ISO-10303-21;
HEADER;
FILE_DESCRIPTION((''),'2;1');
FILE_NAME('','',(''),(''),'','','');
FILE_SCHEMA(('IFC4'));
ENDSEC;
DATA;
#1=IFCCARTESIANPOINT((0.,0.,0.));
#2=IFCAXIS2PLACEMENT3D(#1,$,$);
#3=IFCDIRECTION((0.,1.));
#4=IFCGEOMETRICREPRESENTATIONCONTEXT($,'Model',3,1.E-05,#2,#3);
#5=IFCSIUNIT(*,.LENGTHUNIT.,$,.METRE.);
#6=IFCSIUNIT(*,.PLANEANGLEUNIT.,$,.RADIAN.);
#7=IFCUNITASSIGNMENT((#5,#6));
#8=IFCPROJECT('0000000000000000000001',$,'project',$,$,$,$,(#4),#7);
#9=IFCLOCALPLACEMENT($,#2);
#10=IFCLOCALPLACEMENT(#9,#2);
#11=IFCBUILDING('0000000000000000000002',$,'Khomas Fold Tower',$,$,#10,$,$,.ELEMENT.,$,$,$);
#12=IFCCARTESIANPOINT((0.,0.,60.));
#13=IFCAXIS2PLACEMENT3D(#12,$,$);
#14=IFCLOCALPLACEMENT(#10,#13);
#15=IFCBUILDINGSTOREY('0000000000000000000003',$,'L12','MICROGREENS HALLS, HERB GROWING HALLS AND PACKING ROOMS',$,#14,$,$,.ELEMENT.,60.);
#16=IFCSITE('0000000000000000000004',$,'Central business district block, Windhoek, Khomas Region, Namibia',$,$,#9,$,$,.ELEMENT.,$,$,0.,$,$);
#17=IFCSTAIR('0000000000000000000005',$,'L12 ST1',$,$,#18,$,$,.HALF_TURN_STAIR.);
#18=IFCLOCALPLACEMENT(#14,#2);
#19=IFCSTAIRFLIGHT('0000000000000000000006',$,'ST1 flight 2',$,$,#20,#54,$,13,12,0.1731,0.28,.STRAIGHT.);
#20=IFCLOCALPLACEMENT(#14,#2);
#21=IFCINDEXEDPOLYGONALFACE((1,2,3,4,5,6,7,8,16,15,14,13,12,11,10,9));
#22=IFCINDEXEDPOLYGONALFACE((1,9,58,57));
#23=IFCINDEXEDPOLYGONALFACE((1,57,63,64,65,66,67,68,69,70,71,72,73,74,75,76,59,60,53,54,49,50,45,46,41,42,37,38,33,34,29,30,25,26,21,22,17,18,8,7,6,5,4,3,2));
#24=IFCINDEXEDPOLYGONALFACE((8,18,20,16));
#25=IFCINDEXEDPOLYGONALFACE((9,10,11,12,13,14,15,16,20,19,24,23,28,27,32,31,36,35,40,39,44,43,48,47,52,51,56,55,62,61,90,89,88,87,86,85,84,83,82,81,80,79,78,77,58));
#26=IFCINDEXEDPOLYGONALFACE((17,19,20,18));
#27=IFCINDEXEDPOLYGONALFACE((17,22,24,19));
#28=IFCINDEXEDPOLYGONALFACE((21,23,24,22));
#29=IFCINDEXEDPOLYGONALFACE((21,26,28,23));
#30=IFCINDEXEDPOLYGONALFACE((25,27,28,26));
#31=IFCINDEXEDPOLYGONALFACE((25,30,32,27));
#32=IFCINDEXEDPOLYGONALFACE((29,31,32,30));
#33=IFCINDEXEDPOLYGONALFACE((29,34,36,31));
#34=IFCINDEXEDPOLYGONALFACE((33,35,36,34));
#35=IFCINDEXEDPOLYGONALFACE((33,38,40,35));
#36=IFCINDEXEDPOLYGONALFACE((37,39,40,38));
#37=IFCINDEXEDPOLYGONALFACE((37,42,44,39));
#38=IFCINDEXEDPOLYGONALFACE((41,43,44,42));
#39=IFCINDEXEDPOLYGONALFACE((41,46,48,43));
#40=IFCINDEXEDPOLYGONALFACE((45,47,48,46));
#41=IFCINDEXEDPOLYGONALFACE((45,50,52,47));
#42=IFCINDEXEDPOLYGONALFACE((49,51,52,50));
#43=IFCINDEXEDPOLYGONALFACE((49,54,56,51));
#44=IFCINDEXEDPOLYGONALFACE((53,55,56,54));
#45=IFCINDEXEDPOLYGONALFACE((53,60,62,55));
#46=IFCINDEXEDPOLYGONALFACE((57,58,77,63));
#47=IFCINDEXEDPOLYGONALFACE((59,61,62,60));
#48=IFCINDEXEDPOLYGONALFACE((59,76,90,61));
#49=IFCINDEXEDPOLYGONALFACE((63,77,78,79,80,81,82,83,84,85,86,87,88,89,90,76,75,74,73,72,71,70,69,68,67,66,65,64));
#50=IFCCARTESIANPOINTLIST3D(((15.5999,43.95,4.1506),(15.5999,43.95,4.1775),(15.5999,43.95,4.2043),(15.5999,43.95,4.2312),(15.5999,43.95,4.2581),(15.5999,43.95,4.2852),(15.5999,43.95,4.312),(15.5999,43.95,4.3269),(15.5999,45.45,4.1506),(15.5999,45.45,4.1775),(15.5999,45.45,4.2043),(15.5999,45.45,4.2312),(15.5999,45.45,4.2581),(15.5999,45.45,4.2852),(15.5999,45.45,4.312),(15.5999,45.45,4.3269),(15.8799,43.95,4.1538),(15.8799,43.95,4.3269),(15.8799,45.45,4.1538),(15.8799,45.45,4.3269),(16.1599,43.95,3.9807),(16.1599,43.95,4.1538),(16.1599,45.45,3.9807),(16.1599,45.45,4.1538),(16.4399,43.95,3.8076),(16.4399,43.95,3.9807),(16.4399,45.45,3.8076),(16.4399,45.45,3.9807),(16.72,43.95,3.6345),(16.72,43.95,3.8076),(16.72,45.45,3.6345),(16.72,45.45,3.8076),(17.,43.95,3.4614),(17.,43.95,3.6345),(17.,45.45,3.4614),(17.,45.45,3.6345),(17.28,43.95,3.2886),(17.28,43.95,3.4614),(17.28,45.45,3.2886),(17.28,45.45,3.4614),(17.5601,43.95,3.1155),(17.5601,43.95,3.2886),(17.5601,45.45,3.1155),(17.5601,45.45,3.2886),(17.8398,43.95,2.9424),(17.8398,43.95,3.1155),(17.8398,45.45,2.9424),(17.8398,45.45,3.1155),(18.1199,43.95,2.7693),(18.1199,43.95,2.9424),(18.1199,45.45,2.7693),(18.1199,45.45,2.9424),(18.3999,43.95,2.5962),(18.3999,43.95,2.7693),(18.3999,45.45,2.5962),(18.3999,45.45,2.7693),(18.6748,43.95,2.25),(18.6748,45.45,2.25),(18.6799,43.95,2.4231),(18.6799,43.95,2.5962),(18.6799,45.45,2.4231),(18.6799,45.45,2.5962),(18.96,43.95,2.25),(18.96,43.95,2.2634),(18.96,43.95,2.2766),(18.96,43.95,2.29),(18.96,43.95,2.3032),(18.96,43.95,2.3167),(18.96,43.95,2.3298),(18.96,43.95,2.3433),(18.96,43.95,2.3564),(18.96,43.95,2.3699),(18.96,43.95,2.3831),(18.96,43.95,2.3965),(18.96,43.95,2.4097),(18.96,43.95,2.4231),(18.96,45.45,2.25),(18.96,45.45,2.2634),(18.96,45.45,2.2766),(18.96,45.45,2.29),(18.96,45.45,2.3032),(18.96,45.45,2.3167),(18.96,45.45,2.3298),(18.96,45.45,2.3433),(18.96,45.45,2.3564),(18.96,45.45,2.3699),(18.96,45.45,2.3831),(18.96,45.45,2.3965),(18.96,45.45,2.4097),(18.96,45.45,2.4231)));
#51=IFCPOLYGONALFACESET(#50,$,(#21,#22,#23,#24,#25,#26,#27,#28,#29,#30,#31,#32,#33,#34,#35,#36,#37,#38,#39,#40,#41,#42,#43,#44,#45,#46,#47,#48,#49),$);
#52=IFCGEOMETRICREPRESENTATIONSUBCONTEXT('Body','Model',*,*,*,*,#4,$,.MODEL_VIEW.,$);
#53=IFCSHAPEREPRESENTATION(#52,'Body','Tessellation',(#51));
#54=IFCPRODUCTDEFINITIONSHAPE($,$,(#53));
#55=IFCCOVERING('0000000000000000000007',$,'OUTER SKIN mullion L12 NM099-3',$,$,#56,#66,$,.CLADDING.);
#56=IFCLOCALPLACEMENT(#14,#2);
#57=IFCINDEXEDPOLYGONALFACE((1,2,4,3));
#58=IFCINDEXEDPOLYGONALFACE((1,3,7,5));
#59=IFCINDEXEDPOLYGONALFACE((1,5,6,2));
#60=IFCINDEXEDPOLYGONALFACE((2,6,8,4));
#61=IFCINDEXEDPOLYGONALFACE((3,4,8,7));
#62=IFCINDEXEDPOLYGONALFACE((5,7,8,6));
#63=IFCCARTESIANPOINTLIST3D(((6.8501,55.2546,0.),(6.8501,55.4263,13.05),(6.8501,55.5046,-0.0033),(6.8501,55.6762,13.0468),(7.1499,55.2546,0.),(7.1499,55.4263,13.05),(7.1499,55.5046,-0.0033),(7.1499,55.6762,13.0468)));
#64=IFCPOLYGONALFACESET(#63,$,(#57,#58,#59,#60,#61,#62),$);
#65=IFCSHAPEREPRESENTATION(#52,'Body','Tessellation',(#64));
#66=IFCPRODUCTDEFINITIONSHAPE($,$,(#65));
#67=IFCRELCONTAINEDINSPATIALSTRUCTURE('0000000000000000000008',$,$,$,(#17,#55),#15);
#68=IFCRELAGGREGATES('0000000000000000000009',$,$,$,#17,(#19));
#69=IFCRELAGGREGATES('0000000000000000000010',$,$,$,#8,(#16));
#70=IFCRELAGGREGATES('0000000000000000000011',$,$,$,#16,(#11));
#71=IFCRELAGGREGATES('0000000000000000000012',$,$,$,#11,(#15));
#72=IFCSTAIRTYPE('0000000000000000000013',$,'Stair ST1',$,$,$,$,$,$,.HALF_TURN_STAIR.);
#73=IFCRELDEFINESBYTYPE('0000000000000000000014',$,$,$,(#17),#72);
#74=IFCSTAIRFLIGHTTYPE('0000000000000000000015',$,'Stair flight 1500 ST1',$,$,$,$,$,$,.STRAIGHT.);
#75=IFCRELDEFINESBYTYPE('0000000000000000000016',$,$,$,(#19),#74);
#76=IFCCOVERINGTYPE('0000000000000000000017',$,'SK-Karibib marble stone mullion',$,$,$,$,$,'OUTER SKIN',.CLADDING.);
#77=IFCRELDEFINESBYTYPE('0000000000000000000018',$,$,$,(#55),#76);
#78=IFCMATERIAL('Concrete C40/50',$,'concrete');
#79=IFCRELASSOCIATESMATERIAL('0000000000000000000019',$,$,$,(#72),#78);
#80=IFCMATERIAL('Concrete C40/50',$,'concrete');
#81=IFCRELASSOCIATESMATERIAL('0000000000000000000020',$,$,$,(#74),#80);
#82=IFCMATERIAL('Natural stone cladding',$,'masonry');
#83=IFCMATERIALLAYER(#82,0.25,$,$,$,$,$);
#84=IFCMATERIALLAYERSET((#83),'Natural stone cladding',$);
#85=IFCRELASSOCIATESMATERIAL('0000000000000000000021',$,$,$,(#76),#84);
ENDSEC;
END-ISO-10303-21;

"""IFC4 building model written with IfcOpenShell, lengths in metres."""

from ifc_helpers import new_model, si_unit, direction, frame, origin, place, context, subcontext, project, spatial, polyline, outline, extrude, source, transform, mapped, material, layer, layer_set, type_object, element, aggregate, save


model = new_model("IFC4")

# Units and contexts
model_context = context("Model", 3, precision=1e-05, world=origin(), true_north=direction((0.0, 1.0)))
body_context = subcontext(model_context, "Body", "Model", "MODEL_VIEW")
ifc_project = project(units=[si_unit("LENGTHUNIT", "METRE"), si_unit("PLANEANGLEUNIT", "RADIAN")], contexts=[model_context])

# Site, building, storey
site_placement = place(None, origin())
site = spatial("IfcSite", under=ifc_project, at=site_placement, Name="Central business district block, Windhoek, Khomas Region, Namibia", CompositionType="ELEMENT", RefElevation=0.0)
building_placement = place(site_placement, origin())
building = spatial("IfcBuilding", under=site, at=building_placement, Name="Khomas Fold Tower", CompositionType="ELEMENT")
storey_placement = place(building_placement, frame((0.0, 0.0, 60.0)))
storey = spatial("IfcBuildingStorey", under=building, at=storey_placement, Name="L12", Description="MICROGREENS HALLS, HERB GROWING HALLS AND PACKING ROOMS", CompositionType="ELEMENT", Elevation=60.0)

# Stair, stair flight
ifc_material_1 = material(Name="Concrete C40/50", Category="concrete")
stair_type = type_object("IfcStairType", Name="Stair ST1", PredefinedType="HALF_TURN_STAIR", material=ifc_material_1)
stair_placement = place(storey_placement, origin())
stair = element("IfcStair", 1, at=stair_placement, inside=storey, type_object=stair_type, Name="L12 ST1", PredefinedType="HALF_TURN_STAIR")
ifc_material_2 = material(Name="Concrete C40/50", Category="concrete")
stair_flight_type = type_object("IfcStairFlightType", Name="Stair flight 1500 ST1", PredefinedType="STRAIGHT", material=ifc_material_2)
shared_shape_1 = source(origin(), body_context, "Body", "SweptSolid", [
    extrude(outline(polyline([(0.0, 0.0), (0.0, 0.0134), (0.0, 0.0266), (0.0, 0.04), (0.0, 0.0532), (0.0, 0.0667), (0.0, 0.0798), (0.0, 0.0933), (0.0, 0.1064), (0.0, 0.1199), (0.0, 0.1331), (0.0, 0.1465), (0.0, 0.1597), (0.0, 0.1731), (0.28, 0.1731), (0.28, 0.3462), (0.5601, 0.3462), (0.5601, 0.5193), (0.8401, 0.5193), (0.8401, 0.6924), (1.1201, 0.6924), (1.1201, 0.8655), (1.3999, 0.8655), (1.3999, 1.0386), (1.6799, 1.0386), (1.6799, 1.2114), (1.96, 1.2114), (1.96, 1.3845), (2.24, 1.3845), (2.24, 1.5576), (2.52, 1.5576), (2.52, 1.7307), (2.8, 1.7307), (2.8, 1.9038), (3.0801, 1.9038), (3.0801, 2.0769), (3.3601, 2.0769), (3.3601, 2.25), (3.3601, 2.2231), (3.3601, 2.1963), (3.3601, 2.1694), (3.3601, 2.1426), (3.3601, 2.1157), (3.3601, 2.0889), (3.3601, 2.062), (3.3601, 2.0352), (3.3601, 2.0081), (3.3601, 1.9812), (3.3601, 1.9543), (3.3601, 1.9275), (3.3601, 1.9006), (0.2852, 0.0), (0.0, 0.0)])), frame((0.0, 0.75, 0.0), z_axis=(0.0, -1.0, 0.0), x_axis=(1.0, 0.0, 0.0)), (0.0, 0.0, 1.0), 1.5),
])
stair_flight_placement = place(storey_placement, frame((18.96, 44.7, 2.25), z_axis=(0.0, 0.0, 1.0), x_axis=(-1.0, 0.0, 0.0)))
stair_flight = element("IfcStairFlight", 2, at=stair_flight_placement, type_object=stair_flight_type, Name="ST1 flight 2", NumberOfRisers=13, NumberOfTreads=12, PredefinedType="STRAIGHT", RiserHeight=0.1731, TreadLength=0.28, context=body_context, shape_type="MappedRepresentation", body=[
    mapped(shared_shape_1, transform((0.0, 0.0, 0.0))),
])
aggregate(stair, [stair_flight])

# Covering
ifc_material_3 = material(Name="Natural stone cladding", Category="masonry")
ifc_layer_1 = layer(ifc_material_3, 0.25)
ifc_layer_set_1 = layer_set([ifc_layer_1], Name="Natural stone cladding")
covering_type = type_object("IfcCoveringType", Name="SK-Karibib marble stone mullion", ElementType="OUTER SKIN", PredefinedType="CLADDING", material=ifc_layer_set_1)
covering_placement = place(storey_placement, frame((6.8501, 55.2546, 0.0), z_axis=(0.0, -0.999914, 0.013151), x_axis=(0.0, 0.013151, 0.999914)))
element("IfcCovering", 3, at=covering_placement, inside=storey, type_object=covering_type, Name="OUTER SKIN mullion L12 NM099-3", PredefinedType="CLADDING", context=body_context, shape_type="SweptSolid", body=[
    extrude(outline(polyline([(0.0, 0.0), (13.0512, 0.0), (13.0512, -0.2998), (0.0, -0.2998), (0.0, 0.0)])), origin(), (0.0, 0.0, -1.0), 0.25),
])

save(model, "model.ifc")
